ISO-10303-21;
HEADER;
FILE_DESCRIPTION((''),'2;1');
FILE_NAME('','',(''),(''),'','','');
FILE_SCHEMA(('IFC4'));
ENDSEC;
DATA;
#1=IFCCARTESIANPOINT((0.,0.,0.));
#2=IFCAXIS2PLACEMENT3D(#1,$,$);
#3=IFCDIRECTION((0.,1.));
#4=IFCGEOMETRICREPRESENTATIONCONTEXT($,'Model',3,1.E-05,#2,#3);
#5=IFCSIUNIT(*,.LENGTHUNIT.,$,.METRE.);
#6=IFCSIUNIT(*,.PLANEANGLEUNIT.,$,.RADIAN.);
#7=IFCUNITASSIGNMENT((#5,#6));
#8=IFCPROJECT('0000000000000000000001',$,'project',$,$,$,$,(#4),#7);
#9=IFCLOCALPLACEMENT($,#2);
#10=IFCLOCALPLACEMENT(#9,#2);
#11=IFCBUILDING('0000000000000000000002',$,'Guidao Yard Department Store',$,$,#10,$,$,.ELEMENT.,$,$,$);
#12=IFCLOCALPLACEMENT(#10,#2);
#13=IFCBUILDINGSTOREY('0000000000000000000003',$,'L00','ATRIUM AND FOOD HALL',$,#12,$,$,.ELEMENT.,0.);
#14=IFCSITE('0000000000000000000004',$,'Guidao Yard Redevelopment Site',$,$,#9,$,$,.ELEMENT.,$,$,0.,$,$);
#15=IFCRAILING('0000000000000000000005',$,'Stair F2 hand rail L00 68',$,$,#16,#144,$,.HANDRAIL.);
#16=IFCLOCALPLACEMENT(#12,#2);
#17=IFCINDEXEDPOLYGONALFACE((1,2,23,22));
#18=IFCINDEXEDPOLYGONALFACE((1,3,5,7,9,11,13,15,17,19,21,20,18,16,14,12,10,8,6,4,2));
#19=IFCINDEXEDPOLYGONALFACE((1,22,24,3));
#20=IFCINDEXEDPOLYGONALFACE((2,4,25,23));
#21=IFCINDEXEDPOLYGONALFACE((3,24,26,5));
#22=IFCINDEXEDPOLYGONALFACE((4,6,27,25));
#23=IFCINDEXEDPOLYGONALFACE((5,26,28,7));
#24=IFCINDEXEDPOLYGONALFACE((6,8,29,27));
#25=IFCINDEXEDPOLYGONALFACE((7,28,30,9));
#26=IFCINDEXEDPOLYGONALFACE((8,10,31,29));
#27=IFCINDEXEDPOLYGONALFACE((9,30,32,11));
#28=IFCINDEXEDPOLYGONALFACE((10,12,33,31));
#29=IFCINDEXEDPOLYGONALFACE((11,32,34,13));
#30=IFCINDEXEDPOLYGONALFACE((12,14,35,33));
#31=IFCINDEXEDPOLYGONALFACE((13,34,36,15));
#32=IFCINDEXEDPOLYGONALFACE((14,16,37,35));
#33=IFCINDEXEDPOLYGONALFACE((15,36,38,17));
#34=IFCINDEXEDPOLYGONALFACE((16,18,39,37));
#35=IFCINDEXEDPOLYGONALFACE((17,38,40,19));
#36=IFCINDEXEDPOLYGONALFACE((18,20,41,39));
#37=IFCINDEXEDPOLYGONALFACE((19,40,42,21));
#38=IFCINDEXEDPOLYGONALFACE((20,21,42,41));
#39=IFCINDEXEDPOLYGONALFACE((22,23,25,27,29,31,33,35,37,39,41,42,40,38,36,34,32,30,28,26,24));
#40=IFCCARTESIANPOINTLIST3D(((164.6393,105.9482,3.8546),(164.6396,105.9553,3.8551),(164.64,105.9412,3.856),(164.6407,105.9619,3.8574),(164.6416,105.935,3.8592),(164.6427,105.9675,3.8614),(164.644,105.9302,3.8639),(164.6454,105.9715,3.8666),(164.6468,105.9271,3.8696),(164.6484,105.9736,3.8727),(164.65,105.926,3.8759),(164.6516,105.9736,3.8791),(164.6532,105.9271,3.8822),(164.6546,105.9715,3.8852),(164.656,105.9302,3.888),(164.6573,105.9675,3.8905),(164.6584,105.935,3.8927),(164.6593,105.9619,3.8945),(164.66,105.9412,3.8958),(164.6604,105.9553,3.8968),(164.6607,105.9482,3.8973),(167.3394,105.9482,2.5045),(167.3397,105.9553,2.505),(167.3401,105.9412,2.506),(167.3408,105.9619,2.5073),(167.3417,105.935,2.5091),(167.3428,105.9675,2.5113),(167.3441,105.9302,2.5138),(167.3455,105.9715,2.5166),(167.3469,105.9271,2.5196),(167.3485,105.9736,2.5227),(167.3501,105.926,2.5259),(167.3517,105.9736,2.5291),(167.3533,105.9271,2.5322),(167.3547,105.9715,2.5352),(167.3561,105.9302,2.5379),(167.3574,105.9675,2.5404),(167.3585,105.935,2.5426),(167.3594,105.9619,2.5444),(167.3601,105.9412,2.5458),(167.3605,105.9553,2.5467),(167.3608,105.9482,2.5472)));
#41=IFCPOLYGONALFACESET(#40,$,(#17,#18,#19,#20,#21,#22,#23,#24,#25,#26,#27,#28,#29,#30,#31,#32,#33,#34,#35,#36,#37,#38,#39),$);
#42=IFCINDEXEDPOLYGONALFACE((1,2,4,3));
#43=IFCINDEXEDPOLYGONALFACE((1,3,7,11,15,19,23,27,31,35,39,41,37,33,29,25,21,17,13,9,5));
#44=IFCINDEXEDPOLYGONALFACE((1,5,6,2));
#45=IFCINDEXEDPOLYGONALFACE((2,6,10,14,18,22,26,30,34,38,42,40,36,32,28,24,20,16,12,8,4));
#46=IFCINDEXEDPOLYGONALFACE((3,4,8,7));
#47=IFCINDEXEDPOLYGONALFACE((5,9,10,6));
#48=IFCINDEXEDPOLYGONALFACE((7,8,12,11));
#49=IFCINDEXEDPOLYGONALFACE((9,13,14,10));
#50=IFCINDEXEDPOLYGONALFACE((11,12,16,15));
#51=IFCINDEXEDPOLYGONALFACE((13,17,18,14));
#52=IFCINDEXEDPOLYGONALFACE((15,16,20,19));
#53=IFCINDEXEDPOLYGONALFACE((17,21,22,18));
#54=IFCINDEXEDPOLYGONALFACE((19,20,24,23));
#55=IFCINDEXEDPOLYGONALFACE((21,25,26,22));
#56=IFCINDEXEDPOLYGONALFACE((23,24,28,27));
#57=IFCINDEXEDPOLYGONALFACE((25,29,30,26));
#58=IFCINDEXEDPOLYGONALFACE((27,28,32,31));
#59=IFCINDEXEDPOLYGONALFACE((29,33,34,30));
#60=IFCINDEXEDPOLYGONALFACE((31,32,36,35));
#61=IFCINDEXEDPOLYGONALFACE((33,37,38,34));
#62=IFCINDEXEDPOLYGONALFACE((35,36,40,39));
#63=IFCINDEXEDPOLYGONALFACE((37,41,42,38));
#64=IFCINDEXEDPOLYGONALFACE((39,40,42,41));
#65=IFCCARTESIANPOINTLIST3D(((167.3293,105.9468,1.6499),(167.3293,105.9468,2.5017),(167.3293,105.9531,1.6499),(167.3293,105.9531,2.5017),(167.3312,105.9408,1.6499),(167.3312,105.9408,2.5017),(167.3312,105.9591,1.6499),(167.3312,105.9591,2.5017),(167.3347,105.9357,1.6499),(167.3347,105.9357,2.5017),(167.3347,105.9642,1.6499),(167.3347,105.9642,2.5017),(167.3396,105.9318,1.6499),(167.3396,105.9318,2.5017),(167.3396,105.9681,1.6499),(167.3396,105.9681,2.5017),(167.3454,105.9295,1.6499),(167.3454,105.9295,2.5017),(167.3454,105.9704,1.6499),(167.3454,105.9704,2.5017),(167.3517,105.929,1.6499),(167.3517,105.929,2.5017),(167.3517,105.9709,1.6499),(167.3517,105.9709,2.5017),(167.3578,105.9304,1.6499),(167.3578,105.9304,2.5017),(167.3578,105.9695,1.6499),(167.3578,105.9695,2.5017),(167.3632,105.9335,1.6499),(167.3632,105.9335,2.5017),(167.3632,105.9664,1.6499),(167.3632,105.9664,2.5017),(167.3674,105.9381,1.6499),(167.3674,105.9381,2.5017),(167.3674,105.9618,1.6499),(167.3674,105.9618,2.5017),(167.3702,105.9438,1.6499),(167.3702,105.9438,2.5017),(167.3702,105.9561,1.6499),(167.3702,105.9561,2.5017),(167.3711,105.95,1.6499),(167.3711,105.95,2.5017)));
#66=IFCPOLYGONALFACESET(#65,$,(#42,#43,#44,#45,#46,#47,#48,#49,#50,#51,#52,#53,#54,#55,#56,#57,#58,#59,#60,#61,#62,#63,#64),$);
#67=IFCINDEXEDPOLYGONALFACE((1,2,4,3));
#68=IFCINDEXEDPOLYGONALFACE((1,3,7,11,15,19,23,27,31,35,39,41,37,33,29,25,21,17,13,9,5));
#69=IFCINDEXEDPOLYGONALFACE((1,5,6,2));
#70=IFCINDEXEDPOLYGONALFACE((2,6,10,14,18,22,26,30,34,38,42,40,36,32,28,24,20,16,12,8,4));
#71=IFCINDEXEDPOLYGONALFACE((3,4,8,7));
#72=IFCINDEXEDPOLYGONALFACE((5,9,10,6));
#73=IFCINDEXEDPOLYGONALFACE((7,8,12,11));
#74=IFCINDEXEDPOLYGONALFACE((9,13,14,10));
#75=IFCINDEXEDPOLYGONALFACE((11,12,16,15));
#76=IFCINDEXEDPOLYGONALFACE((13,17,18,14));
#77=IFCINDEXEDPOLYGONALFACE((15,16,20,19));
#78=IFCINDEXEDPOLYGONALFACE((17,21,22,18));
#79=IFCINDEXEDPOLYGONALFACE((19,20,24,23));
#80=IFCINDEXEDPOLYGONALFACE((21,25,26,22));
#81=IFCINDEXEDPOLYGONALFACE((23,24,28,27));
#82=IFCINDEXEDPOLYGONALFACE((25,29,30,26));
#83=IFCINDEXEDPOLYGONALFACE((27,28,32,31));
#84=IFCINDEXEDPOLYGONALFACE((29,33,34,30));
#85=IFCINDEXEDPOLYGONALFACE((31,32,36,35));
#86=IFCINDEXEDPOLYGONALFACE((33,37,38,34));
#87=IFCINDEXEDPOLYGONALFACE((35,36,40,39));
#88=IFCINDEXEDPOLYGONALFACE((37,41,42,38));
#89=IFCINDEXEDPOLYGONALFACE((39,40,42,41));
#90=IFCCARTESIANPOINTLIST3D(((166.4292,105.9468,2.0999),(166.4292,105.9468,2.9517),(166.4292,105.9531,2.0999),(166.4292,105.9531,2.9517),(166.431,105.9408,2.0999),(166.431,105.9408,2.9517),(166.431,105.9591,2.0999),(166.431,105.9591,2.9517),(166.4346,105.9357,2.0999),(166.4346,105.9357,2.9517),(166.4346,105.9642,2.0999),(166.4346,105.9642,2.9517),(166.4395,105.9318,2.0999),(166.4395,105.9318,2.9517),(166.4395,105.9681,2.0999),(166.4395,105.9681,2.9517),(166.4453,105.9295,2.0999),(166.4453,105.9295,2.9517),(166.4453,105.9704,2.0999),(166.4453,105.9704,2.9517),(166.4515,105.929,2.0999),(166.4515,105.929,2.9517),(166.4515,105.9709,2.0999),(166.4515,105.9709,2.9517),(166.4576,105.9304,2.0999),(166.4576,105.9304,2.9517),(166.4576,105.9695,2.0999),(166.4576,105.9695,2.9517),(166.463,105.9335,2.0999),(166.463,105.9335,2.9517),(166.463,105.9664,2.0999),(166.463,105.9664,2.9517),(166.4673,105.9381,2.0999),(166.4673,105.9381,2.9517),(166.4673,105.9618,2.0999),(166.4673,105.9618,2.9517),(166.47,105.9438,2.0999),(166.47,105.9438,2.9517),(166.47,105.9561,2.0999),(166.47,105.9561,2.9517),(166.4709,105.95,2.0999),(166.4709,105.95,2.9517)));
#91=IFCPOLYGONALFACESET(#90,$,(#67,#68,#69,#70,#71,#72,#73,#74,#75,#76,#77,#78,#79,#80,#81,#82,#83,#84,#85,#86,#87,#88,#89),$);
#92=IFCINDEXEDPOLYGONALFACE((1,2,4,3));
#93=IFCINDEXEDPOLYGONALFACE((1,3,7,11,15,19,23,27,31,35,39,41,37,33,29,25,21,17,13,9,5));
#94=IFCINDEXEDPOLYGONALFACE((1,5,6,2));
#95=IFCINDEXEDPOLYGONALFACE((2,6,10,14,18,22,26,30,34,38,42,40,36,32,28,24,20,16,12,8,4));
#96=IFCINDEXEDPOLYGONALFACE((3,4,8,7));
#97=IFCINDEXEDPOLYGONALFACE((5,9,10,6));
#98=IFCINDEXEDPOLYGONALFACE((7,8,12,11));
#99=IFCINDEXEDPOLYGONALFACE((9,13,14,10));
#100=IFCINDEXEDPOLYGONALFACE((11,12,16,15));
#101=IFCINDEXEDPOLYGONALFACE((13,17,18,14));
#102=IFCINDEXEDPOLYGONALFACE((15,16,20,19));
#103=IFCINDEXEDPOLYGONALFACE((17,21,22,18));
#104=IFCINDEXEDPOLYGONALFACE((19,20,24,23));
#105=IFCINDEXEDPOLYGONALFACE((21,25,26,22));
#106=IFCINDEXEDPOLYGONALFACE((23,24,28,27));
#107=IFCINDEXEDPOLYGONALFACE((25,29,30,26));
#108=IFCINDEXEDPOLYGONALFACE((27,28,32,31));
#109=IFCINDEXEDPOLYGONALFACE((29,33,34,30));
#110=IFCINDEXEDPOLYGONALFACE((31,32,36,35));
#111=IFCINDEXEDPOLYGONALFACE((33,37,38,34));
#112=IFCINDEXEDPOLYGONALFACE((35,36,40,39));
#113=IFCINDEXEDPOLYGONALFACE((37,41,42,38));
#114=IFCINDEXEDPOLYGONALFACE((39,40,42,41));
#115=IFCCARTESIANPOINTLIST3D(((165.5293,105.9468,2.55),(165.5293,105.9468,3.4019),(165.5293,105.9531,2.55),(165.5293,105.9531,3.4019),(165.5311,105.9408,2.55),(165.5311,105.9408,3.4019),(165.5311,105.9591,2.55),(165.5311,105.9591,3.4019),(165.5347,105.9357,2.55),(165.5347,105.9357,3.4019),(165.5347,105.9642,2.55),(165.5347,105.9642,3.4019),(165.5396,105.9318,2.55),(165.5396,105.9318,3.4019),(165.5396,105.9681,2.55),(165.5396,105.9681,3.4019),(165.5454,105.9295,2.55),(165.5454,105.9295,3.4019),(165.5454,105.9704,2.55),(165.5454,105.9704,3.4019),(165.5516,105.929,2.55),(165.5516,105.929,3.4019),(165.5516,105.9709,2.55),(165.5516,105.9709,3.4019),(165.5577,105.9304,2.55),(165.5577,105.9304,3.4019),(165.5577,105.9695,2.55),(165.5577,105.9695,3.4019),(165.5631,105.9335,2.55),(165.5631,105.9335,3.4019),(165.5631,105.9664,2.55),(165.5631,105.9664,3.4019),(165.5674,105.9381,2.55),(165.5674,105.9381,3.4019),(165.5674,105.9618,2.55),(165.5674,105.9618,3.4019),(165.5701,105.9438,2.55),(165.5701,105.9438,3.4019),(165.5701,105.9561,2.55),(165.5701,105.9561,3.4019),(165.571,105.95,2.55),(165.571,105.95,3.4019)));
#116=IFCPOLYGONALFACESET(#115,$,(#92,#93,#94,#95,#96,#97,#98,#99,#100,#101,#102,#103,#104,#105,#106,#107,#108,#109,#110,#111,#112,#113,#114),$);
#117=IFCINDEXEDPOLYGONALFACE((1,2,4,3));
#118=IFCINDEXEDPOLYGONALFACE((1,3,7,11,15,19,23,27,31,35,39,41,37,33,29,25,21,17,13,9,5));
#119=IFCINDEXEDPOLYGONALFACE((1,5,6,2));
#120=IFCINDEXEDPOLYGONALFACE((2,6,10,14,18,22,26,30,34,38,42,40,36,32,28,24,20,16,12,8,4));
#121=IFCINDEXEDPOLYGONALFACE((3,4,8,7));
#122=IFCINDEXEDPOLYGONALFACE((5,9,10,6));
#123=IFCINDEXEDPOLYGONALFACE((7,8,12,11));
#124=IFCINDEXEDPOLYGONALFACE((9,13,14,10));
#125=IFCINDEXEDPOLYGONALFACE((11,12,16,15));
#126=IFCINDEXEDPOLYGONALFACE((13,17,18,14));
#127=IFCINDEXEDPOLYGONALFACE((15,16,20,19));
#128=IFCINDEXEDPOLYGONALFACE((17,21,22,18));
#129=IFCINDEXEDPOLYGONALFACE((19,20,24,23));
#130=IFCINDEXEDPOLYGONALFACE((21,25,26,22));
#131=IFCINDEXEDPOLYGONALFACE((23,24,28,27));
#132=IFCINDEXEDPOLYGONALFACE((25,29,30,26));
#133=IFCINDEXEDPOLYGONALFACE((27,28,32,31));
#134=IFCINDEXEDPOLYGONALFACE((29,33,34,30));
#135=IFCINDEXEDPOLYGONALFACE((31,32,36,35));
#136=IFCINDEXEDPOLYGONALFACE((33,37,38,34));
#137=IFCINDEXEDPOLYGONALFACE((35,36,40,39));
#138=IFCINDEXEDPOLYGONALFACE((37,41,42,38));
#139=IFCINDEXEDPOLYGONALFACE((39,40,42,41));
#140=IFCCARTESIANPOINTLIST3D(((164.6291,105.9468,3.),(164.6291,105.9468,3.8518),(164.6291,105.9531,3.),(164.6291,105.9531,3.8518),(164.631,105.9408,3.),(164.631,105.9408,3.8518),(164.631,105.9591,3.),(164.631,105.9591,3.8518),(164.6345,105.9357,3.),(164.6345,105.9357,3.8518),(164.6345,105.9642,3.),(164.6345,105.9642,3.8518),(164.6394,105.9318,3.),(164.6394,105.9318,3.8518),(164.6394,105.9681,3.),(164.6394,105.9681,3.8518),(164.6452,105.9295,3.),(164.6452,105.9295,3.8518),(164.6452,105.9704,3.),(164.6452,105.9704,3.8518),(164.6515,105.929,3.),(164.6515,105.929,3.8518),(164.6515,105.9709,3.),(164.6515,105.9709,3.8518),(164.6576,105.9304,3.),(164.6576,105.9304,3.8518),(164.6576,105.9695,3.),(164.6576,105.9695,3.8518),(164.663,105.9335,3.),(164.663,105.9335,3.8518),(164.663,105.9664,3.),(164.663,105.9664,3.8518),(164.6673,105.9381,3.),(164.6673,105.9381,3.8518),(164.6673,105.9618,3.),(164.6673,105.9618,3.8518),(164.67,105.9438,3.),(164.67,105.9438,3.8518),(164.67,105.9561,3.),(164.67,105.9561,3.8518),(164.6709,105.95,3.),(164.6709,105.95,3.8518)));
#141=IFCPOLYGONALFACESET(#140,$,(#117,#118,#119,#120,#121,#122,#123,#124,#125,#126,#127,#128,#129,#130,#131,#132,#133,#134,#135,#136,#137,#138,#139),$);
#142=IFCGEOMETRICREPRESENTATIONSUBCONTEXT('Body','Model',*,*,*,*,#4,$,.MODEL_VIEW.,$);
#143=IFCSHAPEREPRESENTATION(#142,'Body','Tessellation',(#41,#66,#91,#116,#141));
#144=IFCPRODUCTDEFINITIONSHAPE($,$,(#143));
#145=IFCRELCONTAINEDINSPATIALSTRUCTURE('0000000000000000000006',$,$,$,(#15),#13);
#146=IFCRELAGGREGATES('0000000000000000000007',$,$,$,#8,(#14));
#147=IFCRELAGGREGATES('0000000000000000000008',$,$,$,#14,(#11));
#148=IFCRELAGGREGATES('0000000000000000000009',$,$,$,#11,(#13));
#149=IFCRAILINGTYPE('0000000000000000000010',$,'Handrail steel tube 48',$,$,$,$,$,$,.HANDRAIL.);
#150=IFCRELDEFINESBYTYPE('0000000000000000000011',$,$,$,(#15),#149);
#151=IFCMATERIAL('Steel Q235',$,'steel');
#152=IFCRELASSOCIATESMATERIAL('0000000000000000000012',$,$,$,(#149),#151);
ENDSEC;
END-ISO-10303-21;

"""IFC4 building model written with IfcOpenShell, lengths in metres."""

from ifc_helpers import new_model, si_unit, direction, frame, origin, origin_2d, place, context, subcontext, project, spatial, circle, extrude, material, type_object, element, save


model = new_model("IFC4")

# Units and contexts
model_context = context("Model", 3, precision=1e-05, world=origin(), true_north=direction((0.0, 1.0)))
body_context = subcontext(model_context, "Body", "Model", "MODEL_VIEW")
ifc_project = project(units=[si_unit("LENGTHUNIT", "METRE"), si_unit("PLANEANGLEUNIT", "RADIAN")], contexts=[model_context])

# Site, building, storey
site_placement = place(None, origin())
site = spatial("IfcSite", under=ifc_project, at=site_placement, Name="Guidao Yard Redevelopment Site", CompositionType="ELEMENT", RefElevation=0.0)
building_placement = place(site_placement, origin())
building = spatial("IfcBuilding", under=site, at=building_placement, Name="Guidao Yard Department Store", CompositionType="ELEMENT")
storey_placement = place(building_placement, origin())
storey = spatial("IfcBuildingStorey", under=building, at=storey_placement, Name="L00", Description="ATRIUM AND FOOD HALL", CompositionType="ELEMENT", Elevation=0.0)

# Railing
ifc_material_1 = material(Name="Steel Q235", Category="steel")
railing_type = type_object("IfcRailingType", Name="Handrail steel tube 48", PredefinedType="HANDRAIL", material=ifc_material_1)
for number, where, name in (
    (1, (167.3501, 105.95, 1.6499), "Stair F2 hand rail L00 68"),
):
    element("IfcRailing", number, at=place(storey_placement, frame(where)), inside=storey, type_object=railing_type, Name=name, PredefinedType="HANDRAIL", context=body_context, shape_type="SweptSolid", body=[
        extrude(circle(Radius=0.0239, at=origin_2d()), frame((0.0, 0.0, 0.876), z_axis=(-0.894427, 0.0, 0.447214), x_axis=(0.0, -1.0, 0.0)), (0.0, 0.0, 1.0), 3.0188),
        extrude(circle(Radius=0.021, at=origin_2d()), origin(), (0.0, 0.0, 1.0), 0.8518),
        extrude(circle(Radius=0.021, at=origin_2d()), frame((-0.9001, 0.0, 0.45)), (0.0, 0.0, 1.0), 0.8518),
        extrude(circle(Radius=0.021, at=origin_2d()), frame((-1.8, 0.0, 0.9001)), (0.0, 0.0, 1.0), 0.8518),
        extrude(circle(Radius=0.021, at=origin_2d()), frame((-2.7002, 0.0, 1.3501)), (0.0, 0.0, 1.0), 0.8518),
    ])

save(model, "model.ifc")
